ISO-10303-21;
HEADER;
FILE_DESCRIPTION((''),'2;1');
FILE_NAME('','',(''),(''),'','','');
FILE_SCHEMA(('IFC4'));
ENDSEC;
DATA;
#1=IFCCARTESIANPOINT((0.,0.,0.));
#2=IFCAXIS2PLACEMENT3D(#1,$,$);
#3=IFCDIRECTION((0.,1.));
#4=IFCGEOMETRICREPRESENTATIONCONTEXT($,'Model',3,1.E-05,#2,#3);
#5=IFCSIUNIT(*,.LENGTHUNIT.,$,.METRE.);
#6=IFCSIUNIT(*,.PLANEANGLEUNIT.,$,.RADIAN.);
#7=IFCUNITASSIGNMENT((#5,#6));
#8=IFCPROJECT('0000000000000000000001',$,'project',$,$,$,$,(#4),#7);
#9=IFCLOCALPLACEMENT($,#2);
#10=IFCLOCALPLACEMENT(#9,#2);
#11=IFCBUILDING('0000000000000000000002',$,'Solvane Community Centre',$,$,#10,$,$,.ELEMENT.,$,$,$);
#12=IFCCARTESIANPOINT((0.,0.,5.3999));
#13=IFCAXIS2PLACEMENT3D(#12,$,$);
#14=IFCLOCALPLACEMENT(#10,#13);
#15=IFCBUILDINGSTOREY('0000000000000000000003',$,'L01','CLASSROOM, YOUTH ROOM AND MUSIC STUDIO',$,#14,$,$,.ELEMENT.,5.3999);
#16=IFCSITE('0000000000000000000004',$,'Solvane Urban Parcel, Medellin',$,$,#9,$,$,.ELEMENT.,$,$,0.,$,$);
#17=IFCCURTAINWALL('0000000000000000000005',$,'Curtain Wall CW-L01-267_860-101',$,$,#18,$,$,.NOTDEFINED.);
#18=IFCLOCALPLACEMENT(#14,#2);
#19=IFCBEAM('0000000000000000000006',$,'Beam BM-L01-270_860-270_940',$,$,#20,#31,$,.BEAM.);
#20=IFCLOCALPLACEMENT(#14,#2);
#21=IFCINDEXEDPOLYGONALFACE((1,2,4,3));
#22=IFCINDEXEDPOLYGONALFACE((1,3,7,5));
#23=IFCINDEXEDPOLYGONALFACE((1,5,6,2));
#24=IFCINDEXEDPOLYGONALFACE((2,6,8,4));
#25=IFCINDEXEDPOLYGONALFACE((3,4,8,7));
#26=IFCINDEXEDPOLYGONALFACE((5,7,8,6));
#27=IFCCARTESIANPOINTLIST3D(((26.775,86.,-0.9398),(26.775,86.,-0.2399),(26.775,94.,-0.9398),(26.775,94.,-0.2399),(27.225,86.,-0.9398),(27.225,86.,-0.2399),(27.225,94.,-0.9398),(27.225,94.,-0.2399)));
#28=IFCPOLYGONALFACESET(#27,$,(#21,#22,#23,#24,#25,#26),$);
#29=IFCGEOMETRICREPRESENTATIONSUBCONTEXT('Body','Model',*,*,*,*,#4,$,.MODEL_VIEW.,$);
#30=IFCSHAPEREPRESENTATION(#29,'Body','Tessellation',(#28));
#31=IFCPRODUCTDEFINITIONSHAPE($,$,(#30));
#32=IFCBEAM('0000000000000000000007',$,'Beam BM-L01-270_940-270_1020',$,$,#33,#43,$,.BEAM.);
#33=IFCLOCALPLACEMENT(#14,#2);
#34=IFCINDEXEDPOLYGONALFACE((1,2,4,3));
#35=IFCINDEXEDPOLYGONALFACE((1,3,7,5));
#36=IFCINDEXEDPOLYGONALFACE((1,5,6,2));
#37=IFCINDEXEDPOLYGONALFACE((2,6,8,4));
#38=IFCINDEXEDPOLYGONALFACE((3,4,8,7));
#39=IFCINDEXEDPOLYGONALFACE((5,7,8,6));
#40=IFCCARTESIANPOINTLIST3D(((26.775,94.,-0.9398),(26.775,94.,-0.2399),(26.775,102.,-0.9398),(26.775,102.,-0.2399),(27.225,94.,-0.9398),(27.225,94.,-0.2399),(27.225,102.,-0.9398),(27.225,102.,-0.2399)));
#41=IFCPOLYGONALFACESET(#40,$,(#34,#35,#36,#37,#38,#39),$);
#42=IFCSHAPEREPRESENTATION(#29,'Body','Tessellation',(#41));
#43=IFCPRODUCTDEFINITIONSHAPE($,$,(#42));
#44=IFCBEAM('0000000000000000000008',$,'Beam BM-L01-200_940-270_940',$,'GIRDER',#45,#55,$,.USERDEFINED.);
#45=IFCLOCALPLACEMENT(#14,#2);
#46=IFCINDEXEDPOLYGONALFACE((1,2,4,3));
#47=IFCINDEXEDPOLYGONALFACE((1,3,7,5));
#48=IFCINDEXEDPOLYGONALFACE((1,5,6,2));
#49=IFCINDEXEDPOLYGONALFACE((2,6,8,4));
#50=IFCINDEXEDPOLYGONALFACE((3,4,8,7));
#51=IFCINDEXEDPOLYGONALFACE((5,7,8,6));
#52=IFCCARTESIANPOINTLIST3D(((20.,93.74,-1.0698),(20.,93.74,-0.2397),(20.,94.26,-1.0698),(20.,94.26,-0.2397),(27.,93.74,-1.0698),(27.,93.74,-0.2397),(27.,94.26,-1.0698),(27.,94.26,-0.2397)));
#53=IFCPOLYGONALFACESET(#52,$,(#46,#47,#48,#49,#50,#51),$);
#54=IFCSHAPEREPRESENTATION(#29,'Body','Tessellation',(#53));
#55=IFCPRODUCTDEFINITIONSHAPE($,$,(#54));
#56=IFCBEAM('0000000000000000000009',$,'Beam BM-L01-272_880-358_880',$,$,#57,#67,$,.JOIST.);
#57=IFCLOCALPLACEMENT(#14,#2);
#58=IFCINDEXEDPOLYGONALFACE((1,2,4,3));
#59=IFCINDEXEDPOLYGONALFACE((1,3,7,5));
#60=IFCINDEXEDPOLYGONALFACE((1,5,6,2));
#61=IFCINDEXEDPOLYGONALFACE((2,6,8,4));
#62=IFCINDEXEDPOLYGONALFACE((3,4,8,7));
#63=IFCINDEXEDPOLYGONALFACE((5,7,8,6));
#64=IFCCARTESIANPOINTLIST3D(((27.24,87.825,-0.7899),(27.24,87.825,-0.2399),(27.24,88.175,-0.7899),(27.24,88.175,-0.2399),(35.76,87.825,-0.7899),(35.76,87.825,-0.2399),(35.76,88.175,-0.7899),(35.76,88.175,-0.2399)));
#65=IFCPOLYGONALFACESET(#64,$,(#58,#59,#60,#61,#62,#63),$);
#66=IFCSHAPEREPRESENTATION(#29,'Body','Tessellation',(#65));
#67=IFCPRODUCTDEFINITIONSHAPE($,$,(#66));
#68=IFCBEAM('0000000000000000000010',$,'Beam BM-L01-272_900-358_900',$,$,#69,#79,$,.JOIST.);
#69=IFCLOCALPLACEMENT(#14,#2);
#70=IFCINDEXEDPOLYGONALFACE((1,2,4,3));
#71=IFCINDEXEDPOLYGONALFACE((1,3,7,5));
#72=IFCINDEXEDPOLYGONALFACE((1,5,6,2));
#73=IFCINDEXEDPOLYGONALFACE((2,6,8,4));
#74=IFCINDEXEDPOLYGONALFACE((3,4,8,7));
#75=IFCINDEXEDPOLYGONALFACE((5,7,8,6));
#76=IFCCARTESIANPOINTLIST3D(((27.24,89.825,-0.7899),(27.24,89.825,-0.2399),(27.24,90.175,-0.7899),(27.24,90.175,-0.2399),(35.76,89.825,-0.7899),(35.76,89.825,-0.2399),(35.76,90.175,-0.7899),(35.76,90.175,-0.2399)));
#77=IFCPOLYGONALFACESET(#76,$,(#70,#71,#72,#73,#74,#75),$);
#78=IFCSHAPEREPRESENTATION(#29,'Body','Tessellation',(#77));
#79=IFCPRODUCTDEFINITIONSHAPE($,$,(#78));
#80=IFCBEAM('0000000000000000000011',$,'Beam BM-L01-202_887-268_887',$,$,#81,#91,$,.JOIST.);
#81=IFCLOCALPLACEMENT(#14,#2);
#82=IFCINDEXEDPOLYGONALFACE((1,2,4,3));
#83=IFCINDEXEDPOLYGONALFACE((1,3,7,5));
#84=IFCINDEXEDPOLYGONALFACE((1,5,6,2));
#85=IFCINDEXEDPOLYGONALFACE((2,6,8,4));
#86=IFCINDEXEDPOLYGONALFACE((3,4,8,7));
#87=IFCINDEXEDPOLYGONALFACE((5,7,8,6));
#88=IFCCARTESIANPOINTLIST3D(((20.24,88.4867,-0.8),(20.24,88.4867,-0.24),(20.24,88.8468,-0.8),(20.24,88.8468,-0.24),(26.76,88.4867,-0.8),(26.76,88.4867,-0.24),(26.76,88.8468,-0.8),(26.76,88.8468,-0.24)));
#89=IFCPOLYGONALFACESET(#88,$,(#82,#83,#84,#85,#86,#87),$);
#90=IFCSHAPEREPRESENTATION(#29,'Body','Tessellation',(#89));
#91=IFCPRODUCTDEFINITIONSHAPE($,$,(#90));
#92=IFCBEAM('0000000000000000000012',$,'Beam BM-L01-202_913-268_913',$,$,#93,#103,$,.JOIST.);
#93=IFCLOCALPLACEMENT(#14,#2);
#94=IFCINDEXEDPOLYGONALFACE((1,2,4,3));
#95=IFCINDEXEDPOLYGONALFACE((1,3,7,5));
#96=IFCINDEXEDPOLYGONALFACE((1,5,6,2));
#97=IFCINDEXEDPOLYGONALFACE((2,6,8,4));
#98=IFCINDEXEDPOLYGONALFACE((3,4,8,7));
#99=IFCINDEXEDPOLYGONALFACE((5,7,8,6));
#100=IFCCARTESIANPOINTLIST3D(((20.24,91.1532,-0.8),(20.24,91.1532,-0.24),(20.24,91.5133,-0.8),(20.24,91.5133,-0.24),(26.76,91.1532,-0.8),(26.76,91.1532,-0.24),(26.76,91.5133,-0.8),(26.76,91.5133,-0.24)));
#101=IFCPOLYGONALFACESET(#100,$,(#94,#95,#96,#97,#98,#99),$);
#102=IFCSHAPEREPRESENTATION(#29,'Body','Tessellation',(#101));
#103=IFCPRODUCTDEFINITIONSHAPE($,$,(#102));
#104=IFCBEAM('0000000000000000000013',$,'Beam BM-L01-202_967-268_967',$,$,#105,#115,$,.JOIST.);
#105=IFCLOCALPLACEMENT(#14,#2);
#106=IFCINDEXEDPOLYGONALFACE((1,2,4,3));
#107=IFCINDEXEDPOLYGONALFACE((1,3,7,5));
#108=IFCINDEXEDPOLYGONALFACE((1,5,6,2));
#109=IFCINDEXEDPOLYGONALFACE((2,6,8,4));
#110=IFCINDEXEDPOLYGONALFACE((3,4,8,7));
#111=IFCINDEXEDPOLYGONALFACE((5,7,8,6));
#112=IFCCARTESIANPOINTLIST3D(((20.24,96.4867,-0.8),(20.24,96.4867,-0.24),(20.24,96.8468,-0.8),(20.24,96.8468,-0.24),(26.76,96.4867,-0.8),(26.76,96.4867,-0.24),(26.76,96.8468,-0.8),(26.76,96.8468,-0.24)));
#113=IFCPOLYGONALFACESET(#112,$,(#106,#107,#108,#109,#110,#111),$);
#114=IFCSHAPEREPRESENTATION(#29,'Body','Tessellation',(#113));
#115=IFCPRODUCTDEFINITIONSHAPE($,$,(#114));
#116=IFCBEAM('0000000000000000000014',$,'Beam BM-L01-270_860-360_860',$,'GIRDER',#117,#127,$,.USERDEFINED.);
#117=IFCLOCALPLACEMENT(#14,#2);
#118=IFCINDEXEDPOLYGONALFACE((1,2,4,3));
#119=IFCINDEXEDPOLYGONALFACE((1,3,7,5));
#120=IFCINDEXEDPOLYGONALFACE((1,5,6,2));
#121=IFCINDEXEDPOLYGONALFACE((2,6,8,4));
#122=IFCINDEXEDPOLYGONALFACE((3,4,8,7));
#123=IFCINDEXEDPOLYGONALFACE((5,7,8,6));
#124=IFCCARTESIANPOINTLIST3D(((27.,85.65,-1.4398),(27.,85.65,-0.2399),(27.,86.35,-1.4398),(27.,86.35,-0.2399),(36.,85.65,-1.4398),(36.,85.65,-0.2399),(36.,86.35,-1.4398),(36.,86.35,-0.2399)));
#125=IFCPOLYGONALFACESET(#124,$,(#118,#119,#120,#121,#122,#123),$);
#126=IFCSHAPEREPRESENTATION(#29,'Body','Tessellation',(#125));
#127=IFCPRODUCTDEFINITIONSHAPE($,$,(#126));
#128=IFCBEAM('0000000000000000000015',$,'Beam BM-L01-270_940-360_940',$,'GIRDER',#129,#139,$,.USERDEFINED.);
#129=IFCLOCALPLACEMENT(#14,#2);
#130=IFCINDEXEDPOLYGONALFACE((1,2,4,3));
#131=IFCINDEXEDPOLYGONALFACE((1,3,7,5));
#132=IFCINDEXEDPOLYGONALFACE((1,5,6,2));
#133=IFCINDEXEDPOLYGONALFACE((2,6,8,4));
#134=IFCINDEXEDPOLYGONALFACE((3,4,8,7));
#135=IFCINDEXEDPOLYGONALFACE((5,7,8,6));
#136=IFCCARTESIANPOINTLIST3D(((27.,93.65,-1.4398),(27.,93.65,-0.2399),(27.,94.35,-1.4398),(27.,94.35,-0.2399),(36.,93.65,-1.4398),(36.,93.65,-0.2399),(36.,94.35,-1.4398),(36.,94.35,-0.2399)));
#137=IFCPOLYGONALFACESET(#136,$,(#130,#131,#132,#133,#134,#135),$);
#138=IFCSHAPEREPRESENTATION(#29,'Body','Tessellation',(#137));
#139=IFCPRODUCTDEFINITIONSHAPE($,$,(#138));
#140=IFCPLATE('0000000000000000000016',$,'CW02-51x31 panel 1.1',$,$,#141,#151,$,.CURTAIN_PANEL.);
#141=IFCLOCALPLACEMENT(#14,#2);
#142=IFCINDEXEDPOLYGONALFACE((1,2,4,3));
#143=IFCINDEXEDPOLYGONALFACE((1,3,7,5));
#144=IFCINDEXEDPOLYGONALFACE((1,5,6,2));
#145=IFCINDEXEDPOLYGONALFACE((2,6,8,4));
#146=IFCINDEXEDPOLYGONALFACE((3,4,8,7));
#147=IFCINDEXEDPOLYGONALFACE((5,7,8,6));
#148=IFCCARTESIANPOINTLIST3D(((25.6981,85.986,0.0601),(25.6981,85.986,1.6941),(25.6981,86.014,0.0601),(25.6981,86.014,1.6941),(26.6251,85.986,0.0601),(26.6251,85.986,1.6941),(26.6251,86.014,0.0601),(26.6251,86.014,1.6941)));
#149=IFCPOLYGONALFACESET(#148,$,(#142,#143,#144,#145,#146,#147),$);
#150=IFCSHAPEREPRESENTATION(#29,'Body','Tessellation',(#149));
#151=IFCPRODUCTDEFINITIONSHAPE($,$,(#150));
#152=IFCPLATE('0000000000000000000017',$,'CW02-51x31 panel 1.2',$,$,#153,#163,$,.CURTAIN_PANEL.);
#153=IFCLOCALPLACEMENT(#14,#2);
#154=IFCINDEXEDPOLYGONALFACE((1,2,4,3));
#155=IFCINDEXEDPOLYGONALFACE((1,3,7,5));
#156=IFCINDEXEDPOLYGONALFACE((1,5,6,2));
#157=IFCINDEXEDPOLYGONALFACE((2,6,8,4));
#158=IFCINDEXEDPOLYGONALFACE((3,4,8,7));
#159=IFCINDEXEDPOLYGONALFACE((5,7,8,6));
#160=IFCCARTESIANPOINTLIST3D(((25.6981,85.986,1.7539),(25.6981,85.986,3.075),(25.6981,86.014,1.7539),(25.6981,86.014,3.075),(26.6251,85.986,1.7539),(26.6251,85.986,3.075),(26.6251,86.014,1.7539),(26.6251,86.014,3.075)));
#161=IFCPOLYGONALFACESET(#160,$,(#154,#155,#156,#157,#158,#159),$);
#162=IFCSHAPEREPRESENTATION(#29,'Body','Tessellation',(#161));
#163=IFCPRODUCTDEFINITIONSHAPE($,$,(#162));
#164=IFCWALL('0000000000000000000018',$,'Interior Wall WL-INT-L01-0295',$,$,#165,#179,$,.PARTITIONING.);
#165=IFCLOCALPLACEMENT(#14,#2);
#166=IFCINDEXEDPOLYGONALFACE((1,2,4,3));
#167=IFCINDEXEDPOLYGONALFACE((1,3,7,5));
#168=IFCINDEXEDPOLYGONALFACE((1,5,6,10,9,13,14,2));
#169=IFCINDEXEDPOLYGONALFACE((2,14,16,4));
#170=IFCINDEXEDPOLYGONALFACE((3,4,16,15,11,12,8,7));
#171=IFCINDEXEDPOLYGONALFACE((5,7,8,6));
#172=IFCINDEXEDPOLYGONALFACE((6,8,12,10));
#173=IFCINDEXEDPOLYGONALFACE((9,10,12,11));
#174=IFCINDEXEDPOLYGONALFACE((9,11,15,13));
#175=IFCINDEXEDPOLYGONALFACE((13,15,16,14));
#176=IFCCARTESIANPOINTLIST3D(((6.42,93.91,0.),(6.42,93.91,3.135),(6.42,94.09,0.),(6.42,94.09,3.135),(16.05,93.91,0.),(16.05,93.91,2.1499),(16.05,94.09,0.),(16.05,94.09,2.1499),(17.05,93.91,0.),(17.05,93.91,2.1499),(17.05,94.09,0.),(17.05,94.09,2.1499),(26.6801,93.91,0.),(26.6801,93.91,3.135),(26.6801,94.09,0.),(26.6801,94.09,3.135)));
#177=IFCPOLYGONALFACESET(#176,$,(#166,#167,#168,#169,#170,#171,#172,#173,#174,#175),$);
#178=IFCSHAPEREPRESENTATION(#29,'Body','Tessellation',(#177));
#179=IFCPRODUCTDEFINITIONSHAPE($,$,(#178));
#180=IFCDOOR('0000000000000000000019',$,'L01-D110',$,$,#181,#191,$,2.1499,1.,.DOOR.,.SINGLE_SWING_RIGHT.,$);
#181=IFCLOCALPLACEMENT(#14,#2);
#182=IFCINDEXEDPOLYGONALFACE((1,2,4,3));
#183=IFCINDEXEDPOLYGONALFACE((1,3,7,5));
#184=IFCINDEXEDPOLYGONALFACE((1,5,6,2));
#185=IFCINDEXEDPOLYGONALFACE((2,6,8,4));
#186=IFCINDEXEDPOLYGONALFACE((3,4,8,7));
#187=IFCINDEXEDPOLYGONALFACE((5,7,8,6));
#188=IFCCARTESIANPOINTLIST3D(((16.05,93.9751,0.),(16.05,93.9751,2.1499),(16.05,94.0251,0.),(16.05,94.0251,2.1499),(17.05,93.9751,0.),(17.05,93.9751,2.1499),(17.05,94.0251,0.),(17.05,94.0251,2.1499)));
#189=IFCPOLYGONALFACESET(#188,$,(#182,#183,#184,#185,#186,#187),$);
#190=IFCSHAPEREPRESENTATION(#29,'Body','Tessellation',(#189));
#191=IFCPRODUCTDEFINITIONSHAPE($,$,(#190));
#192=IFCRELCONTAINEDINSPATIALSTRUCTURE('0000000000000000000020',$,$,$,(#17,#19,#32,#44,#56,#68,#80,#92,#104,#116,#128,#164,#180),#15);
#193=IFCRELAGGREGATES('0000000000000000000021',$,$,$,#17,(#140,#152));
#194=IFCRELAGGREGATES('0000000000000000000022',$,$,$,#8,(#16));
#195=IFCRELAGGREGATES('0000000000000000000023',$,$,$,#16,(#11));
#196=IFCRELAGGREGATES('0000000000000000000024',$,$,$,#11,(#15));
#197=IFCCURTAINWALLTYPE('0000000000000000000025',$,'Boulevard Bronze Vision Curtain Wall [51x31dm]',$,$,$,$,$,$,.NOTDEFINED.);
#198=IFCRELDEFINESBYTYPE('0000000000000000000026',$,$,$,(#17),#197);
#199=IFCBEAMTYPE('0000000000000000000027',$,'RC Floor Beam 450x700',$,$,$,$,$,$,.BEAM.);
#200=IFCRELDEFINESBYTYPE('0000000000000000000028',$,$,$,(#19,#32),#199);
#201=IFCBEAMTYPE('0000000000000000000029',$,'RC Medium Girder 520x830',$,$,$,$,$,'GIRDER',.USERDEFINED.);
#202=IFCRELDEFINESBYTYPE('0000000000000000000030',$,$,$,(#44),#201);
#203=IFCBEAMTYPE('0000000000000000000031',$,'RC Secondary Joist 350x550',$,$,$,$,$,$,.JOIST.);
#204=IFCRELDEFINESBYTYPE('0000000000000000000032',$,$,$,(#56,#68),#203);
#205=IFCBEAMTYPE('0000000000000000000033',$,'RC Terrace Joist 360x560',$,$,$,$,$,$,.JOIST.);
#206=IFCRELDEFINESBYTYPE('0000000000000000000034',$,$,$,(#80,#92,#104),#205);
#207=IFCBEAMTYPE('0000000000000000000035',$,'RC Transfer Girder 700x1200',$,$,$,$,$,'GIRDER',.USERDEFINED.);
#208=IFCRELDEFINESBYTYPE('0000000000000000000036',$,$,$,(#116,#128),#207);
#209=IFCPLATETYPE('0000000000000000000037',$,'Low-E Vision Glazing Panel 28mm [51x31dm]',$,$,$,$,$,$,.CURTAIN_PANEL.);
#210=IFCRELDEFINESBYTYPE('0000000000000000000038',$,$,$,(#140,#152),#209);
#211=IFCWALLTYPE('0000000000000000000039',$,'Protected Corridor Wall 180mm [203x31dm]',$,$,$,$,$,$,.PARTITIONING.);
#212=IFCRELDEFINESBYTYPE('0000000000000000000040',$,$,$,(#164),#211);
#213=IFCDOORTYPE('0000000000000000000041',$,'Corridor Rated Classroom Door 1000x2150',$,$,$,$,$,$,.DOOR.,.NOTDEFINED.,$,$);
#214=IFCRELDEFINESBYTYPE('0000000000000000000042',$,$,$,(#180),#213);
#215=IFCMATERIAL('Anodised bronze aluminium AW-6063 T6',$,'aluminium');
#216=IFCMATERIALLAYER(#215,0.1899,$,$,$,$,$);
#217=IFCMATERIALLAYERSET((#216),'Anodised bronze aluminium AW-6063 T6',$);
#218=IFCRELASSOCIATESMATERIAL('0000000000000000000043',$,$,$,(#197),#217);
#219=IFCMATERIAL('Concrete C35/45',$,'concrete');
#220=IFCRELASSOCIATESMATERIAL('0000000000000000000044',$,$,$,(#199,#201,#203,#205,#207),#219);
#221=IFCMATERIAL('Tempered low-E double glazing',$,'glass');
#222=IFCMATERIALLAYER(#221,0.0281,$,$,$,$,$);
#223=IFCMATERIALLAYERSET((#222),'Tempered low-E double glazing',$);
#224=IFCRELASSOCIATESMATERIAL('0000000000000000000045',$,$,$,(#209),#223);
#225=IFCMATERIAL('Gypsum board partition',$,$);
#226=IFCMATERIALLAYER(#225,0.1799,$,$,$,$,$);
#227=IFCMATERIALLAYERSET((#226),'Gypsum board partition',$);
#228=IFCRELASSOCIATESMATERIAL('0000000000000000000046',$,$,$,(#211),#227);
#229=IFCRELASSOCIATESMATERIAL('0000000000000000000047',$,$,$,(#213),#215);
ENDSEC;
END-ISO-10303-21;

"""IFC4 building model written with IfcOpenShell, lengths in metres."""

from ifc_helpers import new_model, si_unit, direction, frame, frame_2d, origin, origin_2d, place, context, subcontext, project, spatial, rectangle, extrude, material, layer, layer_set, material_profile, profile_set, type_object, element, fill, aggregate, save


model = new_model("IFC4")

# Units and contexts
model_context = context("Model", 3, precision=1e-05, world=origin(), true_north=direction((0.0, 1.0)))
body_context = subcontext(model_context, "Body", "Model", "MODEL_VIEW")
ifc_project = project(units=[si_unit("LENGTHUNIT", "METRE"), si_unit("PLANEANGLEUNIT", "RADIAN")], contexts=[model_context])

# Site, building, storey
site_placement = place(None, origin())
site = spatial("IfcSite", under=ifc_project, at=site_placement, Name="Solvane Urban Parcel, Medellin", CompositionType="ELEMENT", RefElevation=0.0)
building_placement = place(site_placement, origin())
building = spatial("IfcBuilding", under=site, at=building_placement, Name="Solvane Community Centre", CompositionType="ELEMENT")
storey_placement = place(building_placement, frame((0.0, 0.0, 5.3999)))
storey = spatial("IfcBuildingStorey", under=building, at=storey_placement, Name="L01", Description="CLASSROOM, YOUTH ROOM AND MUSIC STUDIO", CompositionType="ELEMENT", Elevation=5.3999)

# Shared definitions
ifc_material_1 = material(Name="Concrete C35/45", Category="concrete")

# Curtain wall
ifc_material_2 = material(Name="Anodised bronze aluminium AW-6063 T6", Category="aluminium")
ifc_layer_1 = layer(ifc_material_2, 0.1899)
ifc_layer_set_1 = layer_set([ifc_layer_1], Name="Anodised bronze aluminium AW-6063 T6")
curtain_wall_type = type_object("IfcCurtainWallType", Name="Boulevard Bronze Vision Curtain Wall [51x31dm]", PredefinedType="NOTDEFINED", material=ifc_layer_set_1)
curtain_wall_placement = place(storey_placement, origin())
curtain_wall = element("IfcCurtainWall", 1, at=curtain_wall_placement, inside=storey, type_object=curtain_wall_type, Name="Curtain Wall CW-L01-267_860-101", PredefinedType="NOTDEFINED")

# Beams
ifc_material_profile_1 = material_profile(ifc_material_1, rectangle(XDim=0.45, YDim=0.7, at=origin_2d()), Name="RC 450x700")
ifc_profile_set_1 = profile_set([ifc_material_profile_1], Name="Concrete C35/45")
beam_type_1 = type_object("IfcBeamType", Name="RC Floor Beam 450x700", PredefinedType="BEAM", material=ifc_profile_set_1)
for number, where, z_axis, x_axis, name in (
    (2, (27.0, 86.0, -0.5898), (0.0, 1.0, 0.0), (-1.0, 0.0, 0.0), "Beam BM-L01-270_860-270_940"),
    (3, (27.0, 94.0, -0.5898), (0.0, 1.0, 0.0), (-1.0, 0.0, 0.0), "Beam BM-L01-270_940-270_1020"),
):
    element("IfcBeam", number, at=place(storey_placement, frame(where, z_axis=z_axis, x_axis=x_axis)), inside=storey, type_object=beam_type_1, Name=name, PredefinedType="BEAM", context=body_context, shape_type="SweptSolid", body=[
        extrude(rectangle(XDim=0.45, YDim=0.7, at=origin_2d()), origin(), (0.0, 0.0, 1.0), 8.0),
    ])
ifc_material_profile_2 = material_profile(ifc_material_1, rectangle(XDim=0.52, YDim=0.8301, at=origin_2d()), Name="RC 520x830")
ifc_profile_set_2 = profile_set([ifc_material_profile_2], Name="Concrete C35/45")
beam_type_2 = type_object("IfcBeamType", Name="RC Medium Girder 520x830", ElementType="GIRDER", PredefinedType="USERDEFINED", material=ifc_profile_set_2)
beam_placement = place(storey_placement, frame((20.0, 94.0, -0.6548), z_axis=(1.0, 0.0, 0.0), x_axis=(0.0, 1.0, 0.0)))
element("IfcBeam", 4, at=beam_placement, inside=storey, type_object=beam_type_2, Name="Beam BM-L01-200_940-270_940", ObjectType="GIRDER", PredefinedType="USERDEFINED", context=body_context, shape_type="SweptSolid", body=[
    extrude(rectangle(XDim=0.52, YDim=0.8301, at=origin_2d()), origin(), (0.0, 0.0, 1.0), 7.0),
])
ifc_material_profile_3 = material_profile(ifc_material_1, rectangle(XDim=0.3501, YDim=0.55, at=origin_2d()), Name="RC 350x550")
ifc_profile_set_3 = profile_set([ifc_material_profile_3], Name="Concrete C35/45")
beam_type_3 = type_object("IfcBeamType", Name="RC Secondary Joist 350x550", PredefinedType="JOIST", material=ifc_profile_set_3)
for number, where, z_axis, x_axis, name in (
    (5, (27.24, 88.0, -0.5149), (1.0, 0.0, 0.0), (0.0, 1.0, 0.0), "Beam BM-L01-272_880-358_880"),
    (6, (27.24, 90.0, -0.5149), (1.0, 0.0, 0.0), (0.0, 1.0, 0.0), "Beam BM-L01-272_900-358_900"),
):
    element("IfcBeam", number, at=place(storey_placement, frame(where, z_axis=z_axis, x_axis=x_axis)), inside=storey, type_object=beam_type_3, Name=name, PredefinedType="JOIST", context=body_context, shape_type="SweptSolid", body=[
        extrude(rectangle(XDim=0.3501, YDim=0.55, at=origin_2d()), origin(), (0.0, 0.0, 1.0), 8.52),
    ])
ifc_material_profile_4 = material_profile(ifc_material_1, rectangle(XDim=0.3601, YDim=0.5601, at=origin_2d()), Name="RC 360x560")
ifc_profile_set_4 = profile_set([ifc_material_profile_4], Name="Concrete C35/45")
beam_type_4 = type_object("IfcBeamType", Name="RC Terrace Joist 360x560", PredefinedType="JOIST", material=ifc_profile_set_4)
for number, where, z_axis, x_axis, name in (
    (7, (20.24, 88.6667, -0.52), (1.0, 0.0, 0.0), (0.0, 1.0, 0.0), "Beam BM-L01-202_887-268_887"),
    (8, (20.24, 91.3333, -0.52), (1.0, 0.0, 0.0), (0.0, 1.0, 0.0), "Beam BM-L01-202_913-268_913"),
    (9, (20.24, 96.6667, -0.52), (1.0, 0.0, 0.0), (0.0, 1.0, 0.0), "Beam BM-L01-202_967-268_967"),
):
    element("IfcBeam", number, at=place(storey_placement, frame(where, z_axis=z_axis, x_axis=x_axis)), inside=storey, type_object=beam_type_4, Name=name, PredefinedType="JOIST", context=body_context, shape_type="SweptSolid", body=[
        extrude(rectangle(XDim=0.3601, YDim=0.5601, at=origin_2d()), origin(), (0.0, 0.0, 1.0), 6.52),
    ])
ifc_material_profile_5 = material_profile(ifc_material_1, rectangle(XDim=0.7, YDim=1.2, at=origin_2d()), Name="RC 700x1200")
ifc_profile_set_5 = profile_set([ifc_material_profile_5], Name="Concrete C35/45")
beam_type_5 = type_object("IfcBeamType", Name="RC Transfer Girder 700x1200", ElementType="GIRDER", PredefinedType="USERDEFINED", material=ifc_profile_set_5)
for number, where, z_axis, x_axis, name in (
    (10, (27.0, 86.0, -0.8398), (1.0, 0.0, 0.0), (0.0, 1.0, 0.0), "Beam BM-L01-270_860-360_860"),
    (11, (27.0, 94.0, -0.8398), (1.0, 0.0, 0.0), (0.0, 1.0, 0.0), "Beam BM-L01-270_940-360_940"),
):
    element("IfcBeam", number, at=place(storey_placement, frame(where, z_axis=z_axis, x_axis=x_axis)), inside=storey, type_object=beam_type_5, Name=name, ObjectType="GIRDER", PredefinedType="USERDEFINED", context=body_context, shape_type="SweptSolid", body=[
        extrude(rectangle(XDim=0.7, YDim=1.2, at=origin_2d()), origin(), (0.0, 0.0, 1.0), 9.0),
    ])

# Plates
ifc_material_3 = material(Name="Tempered low-E double glazing", Category="glass")
ifc_layer_2 = layer(ifc_material_3, 0.0281)
ifc_layer_set_2 = layer_set([ifc_layer_2], Name="Tempered low-E double glazing")
plate_type = type_object("IfcPlateType", Name="Low-E Vision Glazing Panel 28mm [51x31dm]", PredefinedType="CURTAIN_PANEL", material=ifc_layer_set_2)
plate_1_placement = place(storey_placement, frame((26.1616, 86.0, 0.0601), z_axis=(0.0, 0.0, 1.0), x_axis=(-1.0, 0.0, 0.0)))
plate_1 = element("IfcPlate", 12, at=plate_1_placement, type_object=plate_type, Name="CW02-51x31 panel 1.1", PredefinedType="CURTAIN_PANEL", context=body_context, shape_type="SweptSolid", body=[
    extrude(rectangle(XDim=0.927, YDim=0.0281, at=origin_2d()), origin(), (0.0, 0.0, 1.0), 1.634),
])
plate_2_placement = place(storey_placement, frame((26.1616, 86.0, 1.7539), z_axis=(0.0, 0.0, 1.0), x_axis=(-1.0, 0.0, 0.0)))
plate_2 = element("IfcPlate", 13, at=plate_2_placement, type_object=plate_type, Name="CW02-51x31 panel 1.2", PredefinedType="CURTAIN_PANEL", context=body_context, shape_type="SweptSolid", body=[
    extrude(rectangle(XDim=0.927, YDim=0.0281, at=origin_2d()), origin(), (0.0, 0.0, 1.0), 1.321),
])
aggregate(curtain_wall, [plate_1, plate_2])

# Wall, opening, door
ifc_material_4 = material(Name="Gypsum board partition")
ifc_layer_3 = layer(ifc_material_4, 0.1799)
ifc_layer_set_3 = layer_set([ifc_layer_3], Name="Gypsum board partition")
wall_type_1 = type_object("IfcWallType", Name="Protected Corridor Wall 180mm [203x31dm]", PredefinedType="PARTITIONING", material=ifc_layer_set_3)
wall_1_placement = place(storey_placement, frame((26.6799, 94.0, 0.0), z_axis=(0.0, 0.0, 1.0), x_axis=(-1.0, 0.0, 0.0)))
wall_1 = element("IfcWall", 14, at=wall_1_placement, inside=storey, type_object=wall_type_1, Name="Interior Wall WL-INT-L01-0295", PredefinedType="PARTITIONING", context=body_context, shape_type="SweptSolid", body=[
    extrude(rectangle(XDim=20.26, YDim=0.1799, at=frame_2d((10.1299, 0.0))), origin(), (0.0, 0.0, 1.0), 3.135),
])
opening_placement = place(wall_1_placement, frame((9.6299, 0.0, 0.0)))
opening = element("IfcOpeningElement", 15, at=opening_placement, cuts=wall_1, PredefinedType="OPENING", context=body_context, shape_type="SweptSolid", body=[
    extrude(rectangle(XDim=1.0, YDim=2.1499, at=frame_2d((0.5, 1.075))), frame((0.0, 0.0999, 0.0), z_axis=(0.0, -1.0, 0.0), x_axis=(1.0, 0.0, 0.0)), (0.0, 0.0, 1.0), 0.2),
])
door_type = type_object("IfcDoorType", Name="Corridor Rated Classroom Door 1000x2150", OperationType="NOTDEFINED", PredefinedType="DOOR", material=ifc_material_2)
door_placement = place(opening_placement, origin())
door = element("IfcDoor", 16, at=door_placement, inside=storey, type_object=door_type, Name="L01-D110", OperationType="SINGLE_SWING_RIGHT", OverallHeight=2.1499, OverallWidth=1.0, PredefinedType="DOOR", context=body_context, shape_type="SweptSolid", body=[
    extrude(rectangle(XDim=1.0, YDim=2.1499, at=frame_2d((0.5, 1.075))), frame((0.0, 0.0249, 0.0), z_axis=(0.0, -1.0, 0.0), x_axis=(1.0, 0.0, 0.0)), (0.0, 0.0, 1.0), 0.05),
])
fill(opening, door)

save(model, "model.ifc")
